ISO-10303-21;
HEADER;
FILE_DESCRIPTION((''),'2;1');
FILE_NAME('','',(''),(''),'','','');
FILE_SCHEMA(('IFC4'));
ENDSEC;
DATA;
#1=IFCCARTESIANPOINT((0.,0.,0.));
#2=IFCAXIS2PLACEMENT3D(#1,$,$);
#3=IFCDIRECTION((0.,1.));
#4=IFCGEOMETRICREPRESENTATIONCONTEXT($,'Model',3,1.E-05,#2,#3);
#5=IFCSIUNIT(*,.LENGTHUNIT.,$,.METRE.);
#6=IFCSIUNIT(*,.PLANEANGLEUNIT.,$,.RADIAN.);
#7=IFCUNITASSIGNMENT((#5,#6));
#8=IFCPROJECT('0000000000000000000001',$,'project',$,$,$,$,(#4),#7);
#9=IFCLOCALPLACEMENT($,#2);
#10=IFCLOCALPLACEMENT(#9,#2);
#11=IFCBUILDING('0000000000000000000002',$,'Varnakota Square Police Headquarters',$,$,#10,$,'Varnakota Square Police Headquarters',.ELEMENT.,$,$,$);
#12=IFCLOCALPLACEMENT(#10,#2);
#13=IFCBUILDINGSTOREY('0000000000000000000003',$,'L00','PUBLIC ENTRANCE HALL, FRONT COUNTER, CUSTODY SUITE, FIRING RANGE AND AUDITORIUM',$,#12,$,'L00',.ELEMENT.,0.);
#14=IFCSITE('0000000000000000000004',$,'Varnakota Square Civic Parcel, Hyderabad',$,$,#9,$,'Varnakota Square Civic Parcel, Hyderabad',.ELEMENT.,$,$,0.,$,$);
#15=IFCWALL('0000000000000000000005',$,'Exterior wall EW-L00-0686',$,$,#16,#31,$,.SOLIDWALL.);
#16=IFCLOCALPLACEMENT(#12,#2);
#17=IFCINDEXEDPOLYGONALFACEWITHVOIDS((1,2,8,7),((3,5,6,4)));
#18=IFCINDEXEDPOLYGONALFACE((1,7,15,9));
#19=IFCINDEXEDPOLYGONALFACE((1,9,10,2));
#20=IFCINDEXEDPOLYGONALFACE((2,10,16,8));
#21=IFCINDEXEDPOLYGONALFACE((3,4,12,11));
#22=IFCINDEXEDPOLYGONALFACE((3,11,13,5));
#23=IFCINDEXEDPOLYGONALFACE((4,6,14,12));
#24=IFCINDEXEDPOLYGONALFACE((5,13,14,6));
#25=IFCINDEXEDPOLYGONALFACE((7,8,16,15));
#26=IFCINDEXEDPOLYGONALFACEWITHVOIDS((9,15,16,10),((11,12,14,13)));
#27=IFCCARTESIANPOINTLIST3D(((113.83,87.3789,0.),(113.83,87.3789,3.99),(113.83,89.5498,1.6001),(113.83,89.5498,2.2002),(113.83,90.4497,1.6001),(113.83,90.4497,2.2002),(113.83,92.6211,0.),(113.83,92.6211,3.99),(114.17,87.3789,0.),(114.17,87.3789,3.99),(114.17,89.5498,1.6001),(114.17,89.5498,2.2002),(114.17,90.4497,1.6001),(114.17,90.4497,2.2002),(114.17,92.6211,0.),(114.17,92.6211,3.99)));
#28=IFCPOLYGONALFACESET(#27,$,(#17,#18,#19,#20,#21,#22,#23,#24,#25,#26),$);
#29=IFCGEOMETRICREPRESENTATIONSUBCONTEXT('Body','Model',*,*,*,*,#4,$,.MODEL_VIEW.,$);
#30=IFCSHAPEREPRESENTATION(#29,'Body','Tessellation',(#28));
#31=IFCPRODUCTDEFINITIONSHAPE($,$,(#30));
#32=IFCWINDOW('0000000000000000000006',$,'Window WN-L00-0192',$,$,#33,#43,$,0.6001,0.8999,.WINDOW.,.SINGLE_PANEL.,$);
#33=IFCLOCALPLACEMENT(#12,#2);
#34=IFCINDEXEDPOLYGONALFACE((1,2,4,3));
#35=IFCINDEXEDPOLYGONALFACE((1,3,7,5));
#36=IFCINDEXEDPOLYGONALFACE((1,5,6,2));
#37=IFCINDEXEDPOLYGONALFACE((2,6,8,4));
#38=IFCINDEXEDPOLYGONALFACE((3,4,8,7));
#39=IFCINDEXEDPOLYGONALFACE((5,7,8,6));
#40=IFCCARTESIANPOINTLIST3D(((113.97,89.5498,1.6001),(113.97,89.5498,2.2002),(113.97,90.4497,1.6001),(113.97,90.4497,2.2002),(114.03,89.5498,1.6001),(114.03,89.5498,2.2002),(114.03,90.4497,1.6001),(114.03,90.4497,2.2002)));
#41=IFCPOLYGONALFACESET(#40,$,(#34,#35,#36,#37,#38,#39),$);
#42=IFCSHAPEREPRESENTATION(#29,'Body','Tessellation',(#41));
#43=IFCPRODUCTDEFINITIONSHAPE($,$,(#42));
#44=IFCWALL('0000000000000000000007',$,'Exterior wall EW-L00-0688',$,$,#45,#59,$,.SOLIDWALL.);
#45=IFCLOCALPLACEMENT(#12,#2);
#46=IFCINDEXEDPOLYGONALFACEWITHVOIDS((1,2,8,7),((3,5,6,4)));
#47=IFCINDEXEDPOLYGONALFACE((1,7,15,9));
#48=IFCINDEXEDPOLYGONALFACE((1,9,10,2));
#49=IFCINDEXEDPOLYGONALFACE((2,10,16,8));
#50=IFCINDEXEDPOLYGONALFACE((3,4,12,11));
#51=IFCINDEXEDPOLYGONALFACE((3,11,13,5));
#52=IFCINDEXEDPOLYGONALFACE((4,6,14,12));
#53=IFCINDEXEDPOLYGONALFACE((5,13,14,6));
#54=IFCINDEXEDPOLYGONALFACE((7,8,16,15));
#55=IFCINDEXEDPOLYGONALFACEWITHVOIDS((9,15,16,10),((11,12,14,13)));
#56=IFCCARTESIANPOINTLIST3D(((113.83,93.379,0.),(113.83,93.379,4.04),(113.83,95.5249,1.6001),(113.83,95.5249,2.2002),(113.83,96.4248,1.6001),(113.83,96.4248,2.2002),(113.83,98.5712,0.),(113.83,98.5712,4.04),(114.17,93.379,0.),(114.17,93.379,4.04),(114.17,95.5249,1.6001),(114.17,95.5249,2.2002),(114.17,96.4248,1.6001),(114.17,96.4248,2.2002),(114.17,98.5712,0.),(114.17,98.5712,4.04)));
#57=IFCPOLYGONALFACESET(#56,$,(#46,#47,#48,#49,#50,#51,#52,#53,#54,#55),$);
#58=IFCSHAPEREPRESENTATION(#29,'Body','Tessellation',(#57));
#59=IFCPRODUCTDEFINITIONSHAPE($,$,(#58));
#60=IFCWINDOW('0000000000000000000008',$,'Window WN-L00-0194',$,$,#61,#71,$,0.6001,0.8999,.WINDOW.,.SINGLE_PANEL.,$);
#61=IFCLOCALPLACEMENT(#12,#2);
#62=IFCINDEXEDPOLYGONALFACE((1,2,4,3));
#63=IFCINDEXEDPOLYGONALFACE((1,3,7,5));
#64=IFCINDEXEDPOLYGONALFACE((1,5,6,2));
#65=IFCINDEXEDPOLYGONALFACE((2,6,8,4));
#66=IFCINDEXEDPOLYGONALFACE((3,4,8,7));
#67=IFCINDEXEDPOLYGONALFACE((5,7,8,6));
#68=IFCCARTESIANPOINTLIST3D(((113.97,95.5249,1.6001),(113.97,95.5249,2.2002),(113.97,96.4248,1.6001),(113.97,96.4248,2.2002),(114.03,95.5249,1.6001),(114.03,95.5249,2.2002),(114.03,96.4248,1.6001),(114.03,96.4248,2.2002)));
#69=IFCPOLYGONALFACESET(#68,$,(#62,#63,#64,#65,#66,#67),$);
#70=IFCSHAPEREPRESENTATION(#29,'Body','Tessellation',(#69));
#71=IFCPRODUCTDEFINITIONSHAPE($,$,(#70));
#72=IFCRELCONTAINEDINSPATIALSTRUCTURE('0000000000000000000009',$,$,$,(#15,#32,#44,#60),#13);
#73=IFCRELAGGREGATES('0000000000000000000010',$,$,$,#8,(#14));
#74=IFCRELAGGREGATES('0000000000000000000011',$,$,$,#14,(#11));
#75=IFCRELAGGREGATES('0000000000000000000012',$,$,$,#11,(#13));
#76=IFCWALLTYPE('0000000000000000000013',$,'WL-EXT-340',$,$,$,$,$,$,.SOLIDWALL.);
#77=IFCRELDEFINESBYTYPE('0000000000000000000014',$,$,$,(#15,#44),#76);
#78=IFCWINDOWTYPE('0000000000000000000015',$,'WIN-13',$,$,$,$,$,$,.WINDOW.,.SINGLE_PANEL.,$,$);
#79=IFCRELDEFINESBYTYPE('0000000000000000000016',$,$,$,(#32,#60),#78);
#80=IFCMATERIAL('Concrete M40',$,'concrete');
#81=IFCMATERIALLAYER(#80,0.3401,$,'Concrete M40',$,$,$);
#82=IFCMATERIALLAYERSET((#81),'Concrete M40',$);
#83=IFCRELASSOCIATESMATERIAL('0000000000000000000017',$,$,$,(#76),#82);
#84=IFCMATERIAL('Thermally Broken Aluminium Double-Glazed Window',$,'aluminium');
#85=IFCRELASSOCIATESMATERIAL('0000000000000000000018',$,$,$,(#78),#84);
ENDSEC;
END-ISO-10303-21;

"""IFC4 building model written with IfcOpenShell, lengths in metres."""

from ifc_helpers import new_model, si_unit, direction, frame, frame_2d, origin, place, context, subcontext, project, spatial, rectangle, extrude, material, layer, layer_set, type_object, element, fill, save


model = new_model("IFC4")

# Units and contexts
model_context = context("Model", 3, precision=1e-05, world=origin(), true_north=direction((0.0, 1.0)))
body_context = subcontext(model_context, "Body", "Model", "MODEL_VIEW")
ifc_project = project(units=[si_unit("LENGTHUNIT", "METRE"), si_unit("PLANEANGLEUNIT", "RADIAN")], contexts=[model_context])

# Site, building, storey
site_placement = place(None, origin())
site = spatial("IfcSite", under=ifc_project, at=site_placement, Name="Varnakota Square Civic Parcel, Hyderabad", LongName="Varnakota Square Civic Parcel, Hyderabad", CompositionType="ELEMENT", RefElevation=0.0)
building_placement = place(site_placement, origin())
building = spatial("IfcBuilding", under=site, at=building_placement, Name="Varnakota Square Police Headquarters", LongName="Varnakota Square Police Headquarters", CompositionType="ELEMENT")
storey_placement = place(building_placement, origin())
storey = spatial("IfcBuildingStorey", under=building, at=storey_placement, Name="L00", Description="PUBLIC ENTRANCE HALL, FRONT COUNTER, CUSTODY SUITE, FIRING RANGE AND AUDITORIUM", LongName="L00", CompositionType="ELEMENT", Elevation=0.0)

# Walls, openings, windows
ifc_material_1 = material(Name="Concrete M40", Category="concrete")
ifc_layer = layer(ifc_material_1, 0.3401, Name="Concrete M40")
ifc_layer_set = layer_set([ifc_layer], Name="Concrete M40")
wall_type = type_object("IfcWallType", Name="WL-EXT-340", PredefinedType="SOLIDWALL", material=ifc_layer_set)
ifc_material_2 = material(Name="Thermally Broken Aluminium Double-Glazed Window", Category="aluminium")
window_type = type_object("IfcWindowType", Name="WIN-13", PartitioningType="SINGLE_PANEL", PredefinedType="WINDOW", material=ifc_material_2)
wall_1_placement = place(storey_placement, frame((114.0, 87.3789, 0.0), z_axis=(0.0, 0.0, 1.0), x_axis=(0.0, 1.0, 0.0)))
wall_1 = element("IfcWall", 1, at=wall_1_placement, inside=storey, type_object=wall_type, Name="Exterior wall EW-L00-0686", PredefinedType="SOLIDWALL", context=body_context, shape_type="SweptSolid", body=[
    extrude(rectangle(XDim=5.2422, YDim=0.3401, at=frame_2d((2.6211, 0.0))), origin(), (0.0, 0.0, 1.0), 3.99),
])
opening_1_placement = place(wall_1_placement, frame((2.1709, 0.0, 1.6001)))
opening_1 = element("IfcOpeningElement", 2, at=opening_1_placement, cuts=wall_1, PredefinedType="OPENING", context=body_context, shape_type="SweptSolid", body=[
    extrude(rectangle(XDim=0.8999, YDim=0.6001, at=frame_2d((0.45, 0.3))), frame((0.0, 0.1799, 0.0), z_axis=(0.0, -1.0, 0.0), x_axis=(1.0, 0.0, 0.0)), (0.0, 0.0, 1.0), 0.3601),
])
window_1_placement = place(opening_1_placement, origin())
window_1 = element("IfcWindow", 3, at=window_1_placement, inside=storey, type_object=window_type, Name="Window WN-L00-0192", OverallHeight=0.6001, OverallWidth=0.8999, PartitioningType="SINGLE_PANEL", PredefinedType="WINDOW", context=body_context, shape_type="SweptSolid", body=[
    extrude(rectangle(XDim=0.8999, YDim=0.6001, at=frame_2d((0.45, 0.3))), frame((0.0, 0.03, 0.0), z_axis=(0.0, -1.0, 0.0), x_axis=(1.0, 0.0, 0.0)), (0.0, 0.0, 1.0), 0.0601),
])
fill(opening_1, window_1)
wall_2_placement = place(storey_placement, frame((114.0, 93.3789, 0.0), z_axis=(0.0, 0.0, 1.0), x_axis=(0.0, 1.0, 0.0)))
wall_2 = element("IfcWall", 4, at=wall_2_placement, inside=storey, type_object=wall_type, Name="Exterior wall EW-L00-0688", PredefinedType="SOLIDWALL", context=body_context, shape_type="SweptSolid", body=[
    extrude(rectangle(XDim=5.1921, YDim=0.3401, at=frame_2d((2.5962, 0.0))), origin(), (0.0, 0.0, 1.0), 4.04),
])
opening_2_placement = place(wall_2_placement, frame((2.146, 0.0, 1.6001)))
opening_2 = element("IfcOpeningElement", 5, at=opening_2_placement, cuts=wall_2, PredefinedType="OPENING", context=body_context, shape_type="SweptSolid", body=[
    extrude(rectangle(XDim=0.8999, YDim=0.6001, at=frame_2d((0.45, 0.3))), frame((0.0, 0.1799, 0.0), z_axis=(0.0, -1.0, 0.0), x_axis=(1.0, 0.0, 0.0)), (0.0, 0.0, 1.0), 0.3601),
])
window_2_placement = place(opening_2_placement, origin())
window_2 = element("IfcWindow", 6, at=window_2_placement, inside=storey, type_object=window_type, Name="Window WN-L00-0194", OverallHeight=0.6001, OverallWidth=0.8999, PartitioningType="SINGLE_PANEL", PredefinedType="WINDOW", context=body_context, shape_type="SweptSolid", body=[
    extrude(rectangle(XDim=0.8999, YDim=0.6001, at=frame_2d((0.45, 0.3))), frame((0.0, 0.03, 0.0), z_axis=(0.0, -1.0, 0.0), x_axis=(1.0, 0.0, 0.0)), (0.0, 0.0, 1.0), 0.0601),
])
fill(opening_2, window_2)

save(model, "model.ifc")
